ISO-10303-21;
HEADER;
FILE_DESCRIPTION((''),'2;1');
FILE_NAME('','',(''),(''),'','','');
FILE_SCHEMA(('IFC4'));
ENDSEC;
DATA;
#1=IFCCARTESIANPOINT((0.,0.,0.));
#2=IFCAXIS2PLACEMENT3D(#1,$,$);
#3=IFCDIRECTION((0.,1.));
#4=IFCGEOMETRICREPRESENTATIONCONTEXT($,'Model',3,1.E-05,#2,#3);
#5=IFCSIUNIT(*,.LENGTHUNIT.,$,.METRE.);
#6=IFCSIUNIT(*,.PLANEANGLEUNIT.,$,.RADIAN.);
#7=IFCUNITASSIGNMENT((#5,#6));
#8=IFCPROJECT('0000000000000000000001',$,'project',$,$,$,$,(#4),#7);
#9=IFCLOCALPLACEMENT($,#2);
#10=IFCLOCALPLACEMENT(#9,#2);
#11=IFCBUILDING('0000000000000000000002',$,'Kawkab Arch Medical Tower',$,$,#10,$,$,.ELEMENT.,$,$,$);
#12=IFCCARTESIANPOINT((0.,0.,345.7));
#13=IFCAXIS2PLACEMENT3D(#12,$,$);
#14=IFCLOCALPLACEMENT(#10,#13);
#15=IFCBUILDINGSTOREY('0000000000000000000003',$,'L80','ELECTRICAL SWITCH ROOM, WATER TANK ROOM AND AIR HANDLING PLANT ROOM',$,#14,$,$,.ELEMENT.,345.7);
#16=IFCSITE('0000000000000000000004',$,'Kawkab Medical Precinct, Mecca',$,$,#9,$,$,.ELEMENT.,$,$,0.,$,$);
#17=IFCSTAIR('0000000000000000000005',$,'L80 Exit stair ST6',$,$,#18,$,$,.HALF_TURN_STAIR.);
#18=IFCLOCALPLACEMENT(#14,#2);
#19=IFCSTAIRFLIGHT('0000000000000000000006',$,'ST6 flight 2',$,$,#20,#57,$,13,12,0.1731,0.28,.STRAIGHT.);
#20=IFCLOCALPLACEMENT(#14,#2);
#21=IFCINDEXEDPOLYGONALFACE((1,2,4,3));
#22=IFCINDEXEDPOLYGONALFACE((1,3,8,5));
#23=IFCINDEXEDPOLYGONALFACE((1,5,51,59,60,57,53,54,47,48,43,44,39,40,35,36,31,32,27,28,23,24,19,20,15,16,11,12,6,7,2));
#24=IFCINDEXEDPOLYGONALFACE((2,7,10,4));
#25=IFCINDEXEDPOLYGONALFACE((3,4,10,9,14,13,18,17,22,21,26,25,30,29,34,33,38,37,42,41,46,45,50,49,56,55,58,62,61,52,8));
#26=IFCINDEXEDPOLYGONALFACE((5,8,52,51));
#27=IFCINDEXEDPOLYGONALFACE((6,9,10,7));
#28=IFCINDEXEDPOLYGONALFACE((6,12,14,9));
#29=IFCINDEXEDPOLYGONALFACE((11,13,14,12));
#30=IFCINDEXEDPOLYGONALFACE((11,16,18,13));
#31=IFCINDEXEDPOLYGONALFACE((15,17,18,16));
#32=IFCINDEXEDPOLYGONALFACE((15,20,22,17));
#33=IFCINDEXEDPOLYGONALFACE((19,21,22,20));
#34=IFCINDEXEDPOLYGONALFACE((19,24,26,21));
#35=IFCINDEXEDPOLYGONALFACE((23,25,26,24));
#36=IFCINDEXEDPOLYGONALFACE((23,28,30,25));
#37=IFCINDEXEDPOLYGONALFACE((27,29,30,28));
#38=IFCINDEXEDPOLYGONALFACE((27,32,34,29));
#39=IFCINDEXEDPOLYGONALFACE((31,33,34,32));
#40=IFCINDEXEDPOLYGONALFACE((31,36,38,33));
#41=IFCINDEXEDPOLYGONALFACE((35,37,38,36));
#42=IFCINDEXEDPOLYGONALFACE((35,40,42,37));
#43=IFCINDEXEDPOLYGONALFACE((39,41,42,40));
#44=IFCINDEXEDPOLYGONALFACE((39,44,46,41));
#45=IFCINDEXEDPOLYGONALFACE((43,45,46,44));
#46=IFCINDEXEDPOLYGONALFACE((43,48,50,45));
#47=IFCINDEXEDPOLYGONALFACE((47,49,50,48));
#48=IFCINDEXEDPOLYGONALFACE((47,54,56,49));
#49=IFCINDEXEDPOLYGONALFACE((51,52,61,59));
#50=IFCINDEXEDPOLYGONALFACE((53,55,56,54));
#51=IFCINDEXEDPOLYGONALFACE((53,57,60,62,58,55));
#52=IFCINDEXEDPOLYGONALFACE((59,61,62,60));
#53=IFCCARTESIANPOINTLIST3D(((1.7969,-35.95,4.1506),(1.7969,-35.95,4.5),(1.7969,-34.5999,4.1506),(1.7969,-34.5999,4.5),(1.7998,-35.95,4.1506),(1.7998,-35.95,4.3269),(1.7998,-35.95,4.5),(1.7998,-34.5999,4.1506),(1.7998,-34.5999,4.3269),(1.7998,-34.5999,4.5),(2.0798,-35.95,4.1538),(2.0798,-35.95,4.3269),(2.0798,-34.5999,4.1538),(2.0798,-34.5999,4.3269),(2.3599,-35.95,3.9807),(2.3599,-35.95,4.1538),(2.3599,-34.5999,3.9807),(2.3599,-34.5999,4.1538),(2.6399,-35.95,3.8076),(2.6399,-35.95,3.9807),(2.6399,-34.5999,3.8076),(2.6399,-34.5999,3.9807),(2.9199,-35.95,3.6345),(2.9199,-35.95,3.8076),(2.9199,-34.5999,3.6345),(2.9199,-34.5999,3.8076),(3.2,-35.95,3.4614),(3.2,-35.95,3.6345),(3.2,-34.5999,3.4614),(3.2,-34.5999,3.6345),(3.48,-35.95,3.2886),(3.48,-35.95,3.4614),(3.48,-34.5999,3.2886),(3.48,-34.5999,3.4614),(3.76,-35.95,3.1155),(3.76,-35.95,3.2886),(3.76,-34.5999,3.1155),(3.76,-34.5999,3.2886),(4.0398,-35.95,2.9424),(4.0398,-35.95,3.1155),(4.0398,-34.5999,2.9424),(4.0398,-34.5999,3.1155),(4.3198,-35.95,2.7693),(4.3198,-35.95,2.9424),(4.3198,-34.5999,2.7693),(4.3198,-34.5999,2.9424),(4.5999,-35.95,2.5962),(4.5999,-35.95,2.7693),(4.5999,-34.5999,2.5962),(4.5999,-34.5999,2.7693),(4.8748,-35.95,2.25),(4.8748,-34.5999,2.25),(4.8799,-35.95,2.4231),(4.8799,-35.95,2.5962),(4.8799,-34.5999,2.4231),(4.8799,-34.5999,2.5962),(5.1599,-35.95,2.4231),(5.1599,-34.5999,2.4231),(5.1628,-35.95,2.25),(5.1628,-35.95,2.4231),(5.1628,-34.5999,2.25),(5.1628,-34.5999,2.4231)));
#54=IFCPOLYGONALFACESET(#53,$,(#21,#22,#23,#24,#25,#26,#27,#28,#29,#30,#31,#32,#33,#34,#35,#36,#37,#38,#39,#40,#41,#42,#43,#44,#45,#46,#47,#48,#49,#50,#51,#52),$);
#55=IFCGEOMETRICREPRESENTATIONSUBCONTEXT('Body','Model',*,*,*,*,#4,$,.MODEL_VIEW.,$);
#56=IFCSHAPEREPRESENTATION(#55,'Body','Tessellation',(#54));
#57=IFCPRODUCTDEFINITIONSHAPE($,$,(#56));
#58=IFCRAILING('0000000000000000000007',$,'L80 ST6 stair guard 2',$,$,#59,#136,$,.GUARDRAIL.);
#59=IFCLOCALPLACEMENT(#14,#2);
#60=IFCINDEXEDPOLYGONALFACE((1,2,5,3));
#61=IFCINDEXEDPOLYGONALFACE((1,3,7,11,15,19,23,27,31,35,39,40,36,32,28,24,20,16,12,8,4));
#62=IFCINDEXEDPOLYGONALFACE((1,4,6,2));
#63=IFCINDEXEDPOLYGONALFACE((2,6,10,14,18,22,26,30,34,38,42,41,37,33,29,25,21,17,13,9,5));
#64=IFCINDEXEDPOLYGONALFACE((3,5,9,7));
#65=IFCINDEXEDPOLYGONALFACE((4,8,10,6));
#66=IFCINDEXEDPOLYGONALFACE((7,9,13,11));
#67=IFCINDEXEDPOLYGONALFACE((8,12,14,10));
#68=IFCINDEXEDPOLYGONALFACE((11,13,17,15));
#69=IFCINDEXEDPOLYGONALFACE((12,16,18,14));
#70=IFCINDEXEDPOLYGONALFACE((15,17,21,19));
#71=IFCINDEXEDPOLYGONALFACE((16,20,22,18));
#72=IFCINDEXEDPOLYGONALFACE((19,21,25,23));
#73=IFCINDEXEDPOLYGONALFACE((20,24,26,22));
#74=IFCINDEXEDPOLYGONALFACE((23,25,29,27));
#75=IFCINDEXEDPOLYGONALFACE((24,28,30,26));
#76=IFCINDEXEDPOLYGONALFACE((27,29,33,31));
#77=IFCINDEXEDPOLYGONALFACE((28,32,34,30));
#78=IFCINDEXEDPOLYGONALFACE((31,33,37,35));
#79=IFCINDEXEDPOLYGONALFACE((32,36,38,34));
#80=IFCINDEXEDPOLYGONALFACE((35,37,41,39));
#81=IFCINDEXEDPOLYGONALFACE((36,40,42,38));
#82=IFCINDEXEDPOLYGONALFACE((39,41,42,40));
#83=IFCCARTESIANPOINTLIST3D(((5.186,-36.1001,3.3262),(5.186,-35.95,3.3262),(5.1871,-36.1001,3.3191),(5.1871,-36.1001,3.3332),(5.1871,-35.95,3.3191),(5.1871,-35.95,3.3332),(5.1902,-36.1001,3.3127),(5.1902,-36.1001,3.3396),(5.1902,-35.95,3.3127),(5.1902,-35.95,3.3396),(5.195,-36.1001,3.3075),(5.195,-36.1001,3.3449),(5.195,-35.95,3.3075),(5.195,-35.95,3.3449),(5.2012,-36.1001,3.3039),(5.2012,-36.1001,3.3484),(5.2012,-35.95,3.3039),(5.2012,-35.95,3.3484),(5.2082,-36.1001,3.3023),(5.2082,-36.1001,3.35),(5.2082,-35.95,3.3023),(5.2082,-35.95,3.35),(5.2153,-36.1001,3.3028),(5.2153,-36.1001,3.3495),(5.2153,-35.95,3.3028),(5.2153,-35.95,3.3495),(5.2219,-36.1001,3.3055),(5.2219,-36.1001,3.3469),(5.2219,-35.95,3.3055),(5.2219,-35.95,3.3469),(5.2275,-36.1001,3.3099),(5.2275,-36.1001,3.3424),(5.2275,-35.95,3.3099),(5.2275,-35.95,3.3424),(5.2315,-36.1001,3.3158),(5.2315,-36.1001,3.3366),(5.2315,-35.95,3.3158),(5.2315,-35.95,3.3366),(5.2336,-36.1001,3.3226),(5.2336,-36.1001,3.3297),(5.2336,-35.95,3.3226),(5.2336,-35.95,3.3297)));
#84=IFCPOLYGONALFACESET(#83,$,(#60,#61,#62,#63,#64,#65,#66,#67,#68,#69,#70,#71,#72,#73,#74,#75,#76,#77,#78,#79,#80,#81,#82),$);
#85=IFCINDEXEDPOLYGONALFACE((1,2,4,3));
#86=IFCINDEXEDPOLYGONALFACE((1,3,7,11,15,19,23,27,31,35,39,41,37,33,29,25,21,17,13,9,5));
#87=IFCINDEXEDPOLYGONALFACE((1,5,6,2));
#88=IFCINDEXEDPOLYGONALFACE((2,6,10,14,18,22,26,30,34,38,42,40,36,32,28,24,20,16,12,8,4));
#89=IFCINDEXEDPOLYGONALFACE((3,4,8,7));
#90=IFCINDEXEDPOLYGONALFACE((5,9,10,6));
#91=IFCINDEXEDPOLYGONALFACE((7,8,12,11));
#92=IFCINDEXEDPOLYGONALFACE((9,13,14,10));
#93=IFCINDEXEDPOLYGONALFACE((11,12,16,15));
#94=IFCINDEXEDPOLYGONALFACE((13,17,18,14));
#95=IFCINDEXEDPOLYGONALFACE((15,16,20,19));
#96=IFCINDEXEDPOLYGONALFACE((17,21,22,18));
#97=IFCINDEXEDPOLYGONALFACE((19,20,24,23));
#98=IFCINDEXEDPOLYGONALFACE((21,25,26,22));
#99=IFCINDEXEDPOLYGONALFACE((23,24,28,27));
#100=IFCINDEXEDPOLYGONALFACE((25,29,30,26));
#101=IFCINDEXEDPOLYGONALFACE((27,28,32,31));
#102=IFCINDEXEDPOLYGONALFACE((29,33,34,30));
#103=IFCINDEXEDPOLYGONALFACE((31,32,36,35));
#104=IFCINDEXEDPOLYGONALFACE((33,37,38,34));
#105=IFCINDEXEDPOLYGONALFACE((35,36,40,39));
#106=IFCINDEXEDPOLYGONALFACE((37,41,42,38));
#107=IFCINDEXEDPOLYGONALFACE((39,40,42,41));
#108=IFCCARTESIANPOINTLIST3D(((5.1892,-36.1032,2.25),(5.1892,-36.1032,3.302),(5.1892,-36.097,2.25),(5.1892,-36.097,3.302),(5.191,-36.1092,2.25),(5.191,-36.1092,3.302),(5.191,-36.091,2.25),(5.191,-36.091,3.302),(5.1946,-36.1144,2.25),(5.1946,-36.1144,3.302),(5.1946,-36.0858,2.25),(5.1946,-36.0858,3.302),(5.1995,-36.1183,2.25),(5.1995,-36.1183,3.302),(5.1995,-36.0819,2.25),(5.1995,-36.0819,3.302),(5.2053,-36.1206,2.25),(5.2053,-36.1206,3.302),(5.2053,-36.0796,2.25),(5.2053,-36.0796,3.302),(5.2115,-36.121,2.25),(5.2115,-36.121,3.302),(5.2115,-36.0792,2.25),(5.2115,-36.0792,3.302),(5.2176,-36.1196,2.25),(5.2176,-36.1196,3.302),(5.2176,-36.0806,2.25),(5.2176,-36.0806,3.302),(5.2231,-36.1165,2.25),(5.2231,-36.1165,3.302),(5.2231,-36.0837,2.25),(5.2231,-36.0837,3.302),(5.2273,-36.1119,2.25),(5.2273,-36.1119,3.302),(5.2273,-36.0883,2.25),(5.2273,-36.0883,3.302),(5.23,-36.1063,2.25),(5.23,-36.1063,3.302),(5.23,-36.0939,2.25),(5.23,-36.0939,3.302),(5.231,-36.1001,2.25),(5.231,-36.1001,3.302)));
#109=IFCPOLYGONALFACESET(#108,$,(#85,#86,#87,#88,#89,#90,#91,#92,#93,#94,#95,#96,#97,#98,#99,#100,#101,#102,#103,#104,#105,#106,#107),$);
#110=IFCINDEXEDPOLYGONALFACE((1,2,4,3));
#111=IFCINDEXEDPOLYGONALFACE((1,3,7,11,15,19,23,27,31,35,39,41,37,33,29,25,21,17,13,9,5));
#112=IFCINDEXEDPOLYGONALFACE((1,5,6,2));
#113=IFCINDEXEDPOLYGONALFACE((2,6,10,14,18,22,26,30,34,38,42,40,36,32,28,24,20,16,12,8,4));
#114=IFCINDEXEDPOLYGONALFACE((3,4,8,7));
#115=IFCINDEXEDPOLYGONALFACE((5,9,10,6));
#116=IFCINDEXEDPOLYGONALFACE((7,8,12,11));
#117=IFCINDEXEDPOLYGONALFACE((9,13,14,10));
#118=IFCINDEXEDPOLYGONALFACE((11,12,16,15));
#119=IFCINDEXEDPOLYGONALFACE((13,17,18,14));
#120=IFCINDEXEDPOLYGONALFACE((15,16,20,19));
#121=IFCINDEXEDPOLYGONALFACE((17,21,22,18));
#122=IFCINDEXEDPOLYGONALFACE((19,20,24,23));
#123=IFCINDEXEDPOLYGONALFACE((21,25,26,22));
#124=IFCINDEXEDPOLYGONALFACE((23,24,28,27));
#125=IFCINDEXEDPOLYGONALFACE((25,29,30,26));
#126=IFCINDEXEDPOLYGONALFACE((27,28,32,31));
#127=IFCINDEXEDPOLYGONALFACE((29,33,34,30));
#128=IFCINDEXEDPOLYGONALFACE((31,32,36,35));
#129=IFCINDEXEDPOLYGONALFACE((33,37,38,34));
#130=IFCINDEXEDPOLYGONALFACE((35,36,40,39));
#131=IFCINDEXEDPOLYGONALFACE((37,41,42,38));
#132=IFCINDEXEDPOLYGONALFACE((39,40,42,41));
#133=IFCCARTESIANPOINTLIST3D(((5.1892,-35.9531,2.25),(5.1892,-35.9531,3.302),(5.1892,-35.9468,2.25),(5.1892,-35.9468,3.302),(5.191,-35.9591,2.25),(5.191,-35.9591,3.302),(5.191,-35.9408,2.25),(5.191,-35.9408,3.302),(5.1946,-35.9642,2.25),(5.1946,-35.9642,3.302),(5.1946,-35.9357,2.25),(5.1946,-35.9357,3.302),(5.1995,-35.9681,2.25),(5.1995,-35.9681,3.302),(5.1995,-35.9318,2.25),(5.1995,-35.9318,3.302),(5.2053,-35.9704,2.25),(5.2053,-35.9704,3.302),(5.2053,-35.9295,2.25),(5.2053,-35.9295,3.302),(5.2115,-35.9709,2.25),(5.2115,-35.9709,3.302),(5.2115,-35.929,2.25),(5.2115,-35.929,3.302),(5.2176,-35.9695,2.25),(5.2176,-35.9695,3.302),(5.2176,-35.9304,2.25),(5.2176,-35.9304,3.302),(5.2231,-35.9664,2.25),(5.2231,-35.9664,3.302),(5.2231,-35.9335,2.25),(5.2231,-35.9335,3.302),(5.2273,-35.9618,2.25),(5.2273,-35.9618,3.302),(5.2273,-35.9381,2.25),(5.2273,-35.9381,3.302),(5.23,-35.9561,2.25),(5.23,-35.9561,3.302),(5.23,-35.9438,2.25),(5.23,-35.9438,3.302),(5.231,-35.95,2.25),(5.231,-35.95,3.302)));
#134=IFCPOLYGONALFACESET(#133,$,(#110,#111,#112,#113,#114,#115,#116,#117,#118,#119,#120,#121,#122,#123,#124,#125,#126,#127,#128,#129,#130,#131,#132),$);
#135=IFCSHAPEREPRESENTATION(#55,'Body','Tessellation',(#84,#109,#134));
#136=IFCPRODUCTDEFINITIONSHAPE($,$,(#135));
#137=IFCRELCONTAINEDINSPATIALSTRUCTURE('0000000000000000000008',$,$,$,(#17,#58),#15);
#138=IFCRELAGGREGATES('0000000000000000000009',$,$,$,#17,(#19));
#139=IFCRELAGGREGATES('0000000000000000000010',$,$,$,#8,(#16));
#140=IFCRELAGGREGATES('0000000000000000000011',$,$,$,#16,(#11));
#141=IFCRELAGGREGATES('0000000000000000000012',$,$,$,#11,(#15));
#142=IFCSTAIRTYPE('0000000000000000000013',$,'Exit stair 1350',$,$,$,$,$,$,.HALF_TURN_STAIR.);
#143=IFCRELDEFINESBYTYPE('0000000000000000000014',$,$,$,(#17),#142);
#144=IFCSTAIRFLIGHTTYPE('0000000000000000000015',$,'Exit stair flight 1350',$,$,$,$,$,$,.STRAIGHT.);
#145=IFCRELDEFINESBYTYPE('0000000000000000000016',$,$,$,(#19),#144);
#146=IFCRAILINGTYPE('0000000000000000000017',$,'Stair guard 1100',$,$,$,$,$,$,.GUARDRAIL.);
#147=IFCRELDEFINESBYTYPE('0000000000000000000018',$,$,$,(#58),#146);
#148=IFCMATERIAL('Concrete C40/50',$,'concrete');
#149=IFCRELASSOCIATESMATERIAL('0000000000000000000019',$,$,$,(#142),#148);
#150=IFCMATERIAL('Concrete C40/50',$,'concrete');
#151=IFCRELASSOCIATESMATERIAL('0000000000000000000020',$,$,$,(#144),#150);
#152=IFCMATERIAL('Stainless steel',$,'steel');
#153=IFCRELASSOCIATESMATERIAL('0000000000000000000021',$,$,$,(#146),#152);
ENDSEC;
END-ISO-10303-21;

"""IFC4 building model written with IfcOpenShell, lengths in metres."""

from ifc_helpers import new_model, si_unit, direction, frame, origin, origin_2d, place, context, subcontext, project, spatial, polyline, circle, outline, extrude, material, type_object, element, aggregate, save


model = new_model("IFC4")

# Units and contexts
model_context = context("Model", 3, precision=1e-05, world=origin(), true_north=direction((0.0, 1.0)))
body_context = subcontext(model_context, "Body", "Model", "MODEL_VIEW")
ifc_project = project(units=[si_unit("LENGTHUNIT", "METRE"), si_unit("PLANEANGLEUNIT", "RADIAN")], contexts=[model_context])

# Site, building, storey
site_placement = place(None, origin())
site = spatial("IfcSite", under=ifc_project, at=site_placement, Name="Kawkab Medical Precinct, Mecca", CompositionType="ELEMENT", RefElevation=0.0)
building_placement = place(site_placement, origin())
building = spatial("IfcBuilding", under=site, at=building_placement, Name="Kawkab Arch Medical Tower", CompositionType="ELEMENT")
storey_placement = place(building_placement, frame((0.0, 0.0, 345.7)))
storey = spatial("IfcBuildingStorey", under=building, at=storey_placement, Name="L80", Description="ELECTRICAL SWITCH ROOM, WATER TANK ROOM AND AIR HANDLING PLANT ROOM", CompositionType="ELEMENT", Elevation=345.7)

# Shared definitions
placement = place(storey_placement, origin())

# Stair, stair flight
ifc_material_1 = material(Name="Concrete C40/50", Category="concrete")
stair_type = type_object("IfcStairType", Name="Exit stair 1350", PredefinedType="HALF_TURN_STAIR", material=ifc_material_1)
stair = element("IfcStair", 1, at=placement, inside=storey, type_object=stair_type, Name="L80 Exit stair ST6", PredefinedType="HALF_TURN_STAIR")
ifc_material_2 = material(Name="Concrete C40/50", Category="concrete")
stair_flight_type = type_object("IfcStairFlightType", Name="Exit stair flight 1350", PredefinedType="STRAIGHT", material=ifc_material_2)
stair_flight_placement = place(storey_placement, frame((5.1599, -35.2749, 2.25), z_axis=(0.0, 0.0, 1.0), x_axis=(-1.0, 0.0, 0.0)))
stair_flight = element("IfcStairFlight", 2, at=stair_flight_placement, type_object=stair_flight_type, Name="ST6 flight 2", NumberOfRisers=13, NumberOfTreads=12, PredefinedType="STRAIGHT", RiserHeight=0.1731, TreadLength=0.28, context=body_context, shape_type="SweptSolid", body=[
    extrude(outline(polyline([(-0.0029, 0.0), (-0.0029, 0.1731), (0.0, 0.1731), (0.28, 0.1731), (0.28, 0.3462), (0.5601, 0.3462), (0.5601, 0.5193), (0.8401, 0.5193), (0.8401, 0.6924), (1.1201, 0.6924), (1.1201, 0.8655), (1.3999, 0.8655), (1.3999, 1.0386), (1.6799, 1.0386), (1.6799, 1.2114), (1.96, 1.2114), (1.96, 1.3845), (2.24, 1.3845), (2.24, 1.5576), (2.52, 1.5576), (2.52, 1.7307), (2.8, 1.7307), (2.8, 1.9038), (3.0801, 1.9038), (3.0801, 2.0769), (3.3601, 2.0769), (3.3601, 2.25), (3.363, 2.25), (3.363, 1.9006), (3.3601, 1.9006), (0.2852, 0.0), (-0.0029, 0.0)])), frame((0.0, 0.675, 0.0), z_axis=(0.0, -1.0, 0.0), x_axis=(1.0, 0.0, 0.0)), (0.0, 0.0, 1.0), 1.3501),
])
aggregate(stair, [stair_flight])

# Railing
ifc_material_3 = material(Name="Stainless steel", Category="steel")
railing_type = type_object("IfcRailingType", Name="Stair guard 1100", PredefinedType="GUARDRAIL", material=ifc_material_3)
railing_1_placement = place(storey_placement, frame((5.21, -36.1001, 2.25)))
element("IfcRailing", 3, at=railing_1_placement, inside=storey, type_object=railing_type, Name="L80 ST6 stair guard 2", PredefinedType="GUARDRAIL", context=body_context, shape_type="SweptSolid", body=[
    extrude(circle(Radius=0.0239, at=origin_2d()), frame((0.0, 0.0, 1.0762), z_axis=(0.0, 1.0, 0.0), x_axis=(-1.0, 0.0, 0.0)), (0.0, 0.0, 1.0), 0.1501),
    extrude(circle(Radius=0.021, at=origin_2d()), origin(), (0.0, 0.0, 1.0), 1.052),
    extrude(circle(Radius=0.021, at=origin_2d()), frame((0.0, 0.1501, 0.0)), (0.0, 0.0, 1.0), 1.052),
])

save(model, "model.ifc")
